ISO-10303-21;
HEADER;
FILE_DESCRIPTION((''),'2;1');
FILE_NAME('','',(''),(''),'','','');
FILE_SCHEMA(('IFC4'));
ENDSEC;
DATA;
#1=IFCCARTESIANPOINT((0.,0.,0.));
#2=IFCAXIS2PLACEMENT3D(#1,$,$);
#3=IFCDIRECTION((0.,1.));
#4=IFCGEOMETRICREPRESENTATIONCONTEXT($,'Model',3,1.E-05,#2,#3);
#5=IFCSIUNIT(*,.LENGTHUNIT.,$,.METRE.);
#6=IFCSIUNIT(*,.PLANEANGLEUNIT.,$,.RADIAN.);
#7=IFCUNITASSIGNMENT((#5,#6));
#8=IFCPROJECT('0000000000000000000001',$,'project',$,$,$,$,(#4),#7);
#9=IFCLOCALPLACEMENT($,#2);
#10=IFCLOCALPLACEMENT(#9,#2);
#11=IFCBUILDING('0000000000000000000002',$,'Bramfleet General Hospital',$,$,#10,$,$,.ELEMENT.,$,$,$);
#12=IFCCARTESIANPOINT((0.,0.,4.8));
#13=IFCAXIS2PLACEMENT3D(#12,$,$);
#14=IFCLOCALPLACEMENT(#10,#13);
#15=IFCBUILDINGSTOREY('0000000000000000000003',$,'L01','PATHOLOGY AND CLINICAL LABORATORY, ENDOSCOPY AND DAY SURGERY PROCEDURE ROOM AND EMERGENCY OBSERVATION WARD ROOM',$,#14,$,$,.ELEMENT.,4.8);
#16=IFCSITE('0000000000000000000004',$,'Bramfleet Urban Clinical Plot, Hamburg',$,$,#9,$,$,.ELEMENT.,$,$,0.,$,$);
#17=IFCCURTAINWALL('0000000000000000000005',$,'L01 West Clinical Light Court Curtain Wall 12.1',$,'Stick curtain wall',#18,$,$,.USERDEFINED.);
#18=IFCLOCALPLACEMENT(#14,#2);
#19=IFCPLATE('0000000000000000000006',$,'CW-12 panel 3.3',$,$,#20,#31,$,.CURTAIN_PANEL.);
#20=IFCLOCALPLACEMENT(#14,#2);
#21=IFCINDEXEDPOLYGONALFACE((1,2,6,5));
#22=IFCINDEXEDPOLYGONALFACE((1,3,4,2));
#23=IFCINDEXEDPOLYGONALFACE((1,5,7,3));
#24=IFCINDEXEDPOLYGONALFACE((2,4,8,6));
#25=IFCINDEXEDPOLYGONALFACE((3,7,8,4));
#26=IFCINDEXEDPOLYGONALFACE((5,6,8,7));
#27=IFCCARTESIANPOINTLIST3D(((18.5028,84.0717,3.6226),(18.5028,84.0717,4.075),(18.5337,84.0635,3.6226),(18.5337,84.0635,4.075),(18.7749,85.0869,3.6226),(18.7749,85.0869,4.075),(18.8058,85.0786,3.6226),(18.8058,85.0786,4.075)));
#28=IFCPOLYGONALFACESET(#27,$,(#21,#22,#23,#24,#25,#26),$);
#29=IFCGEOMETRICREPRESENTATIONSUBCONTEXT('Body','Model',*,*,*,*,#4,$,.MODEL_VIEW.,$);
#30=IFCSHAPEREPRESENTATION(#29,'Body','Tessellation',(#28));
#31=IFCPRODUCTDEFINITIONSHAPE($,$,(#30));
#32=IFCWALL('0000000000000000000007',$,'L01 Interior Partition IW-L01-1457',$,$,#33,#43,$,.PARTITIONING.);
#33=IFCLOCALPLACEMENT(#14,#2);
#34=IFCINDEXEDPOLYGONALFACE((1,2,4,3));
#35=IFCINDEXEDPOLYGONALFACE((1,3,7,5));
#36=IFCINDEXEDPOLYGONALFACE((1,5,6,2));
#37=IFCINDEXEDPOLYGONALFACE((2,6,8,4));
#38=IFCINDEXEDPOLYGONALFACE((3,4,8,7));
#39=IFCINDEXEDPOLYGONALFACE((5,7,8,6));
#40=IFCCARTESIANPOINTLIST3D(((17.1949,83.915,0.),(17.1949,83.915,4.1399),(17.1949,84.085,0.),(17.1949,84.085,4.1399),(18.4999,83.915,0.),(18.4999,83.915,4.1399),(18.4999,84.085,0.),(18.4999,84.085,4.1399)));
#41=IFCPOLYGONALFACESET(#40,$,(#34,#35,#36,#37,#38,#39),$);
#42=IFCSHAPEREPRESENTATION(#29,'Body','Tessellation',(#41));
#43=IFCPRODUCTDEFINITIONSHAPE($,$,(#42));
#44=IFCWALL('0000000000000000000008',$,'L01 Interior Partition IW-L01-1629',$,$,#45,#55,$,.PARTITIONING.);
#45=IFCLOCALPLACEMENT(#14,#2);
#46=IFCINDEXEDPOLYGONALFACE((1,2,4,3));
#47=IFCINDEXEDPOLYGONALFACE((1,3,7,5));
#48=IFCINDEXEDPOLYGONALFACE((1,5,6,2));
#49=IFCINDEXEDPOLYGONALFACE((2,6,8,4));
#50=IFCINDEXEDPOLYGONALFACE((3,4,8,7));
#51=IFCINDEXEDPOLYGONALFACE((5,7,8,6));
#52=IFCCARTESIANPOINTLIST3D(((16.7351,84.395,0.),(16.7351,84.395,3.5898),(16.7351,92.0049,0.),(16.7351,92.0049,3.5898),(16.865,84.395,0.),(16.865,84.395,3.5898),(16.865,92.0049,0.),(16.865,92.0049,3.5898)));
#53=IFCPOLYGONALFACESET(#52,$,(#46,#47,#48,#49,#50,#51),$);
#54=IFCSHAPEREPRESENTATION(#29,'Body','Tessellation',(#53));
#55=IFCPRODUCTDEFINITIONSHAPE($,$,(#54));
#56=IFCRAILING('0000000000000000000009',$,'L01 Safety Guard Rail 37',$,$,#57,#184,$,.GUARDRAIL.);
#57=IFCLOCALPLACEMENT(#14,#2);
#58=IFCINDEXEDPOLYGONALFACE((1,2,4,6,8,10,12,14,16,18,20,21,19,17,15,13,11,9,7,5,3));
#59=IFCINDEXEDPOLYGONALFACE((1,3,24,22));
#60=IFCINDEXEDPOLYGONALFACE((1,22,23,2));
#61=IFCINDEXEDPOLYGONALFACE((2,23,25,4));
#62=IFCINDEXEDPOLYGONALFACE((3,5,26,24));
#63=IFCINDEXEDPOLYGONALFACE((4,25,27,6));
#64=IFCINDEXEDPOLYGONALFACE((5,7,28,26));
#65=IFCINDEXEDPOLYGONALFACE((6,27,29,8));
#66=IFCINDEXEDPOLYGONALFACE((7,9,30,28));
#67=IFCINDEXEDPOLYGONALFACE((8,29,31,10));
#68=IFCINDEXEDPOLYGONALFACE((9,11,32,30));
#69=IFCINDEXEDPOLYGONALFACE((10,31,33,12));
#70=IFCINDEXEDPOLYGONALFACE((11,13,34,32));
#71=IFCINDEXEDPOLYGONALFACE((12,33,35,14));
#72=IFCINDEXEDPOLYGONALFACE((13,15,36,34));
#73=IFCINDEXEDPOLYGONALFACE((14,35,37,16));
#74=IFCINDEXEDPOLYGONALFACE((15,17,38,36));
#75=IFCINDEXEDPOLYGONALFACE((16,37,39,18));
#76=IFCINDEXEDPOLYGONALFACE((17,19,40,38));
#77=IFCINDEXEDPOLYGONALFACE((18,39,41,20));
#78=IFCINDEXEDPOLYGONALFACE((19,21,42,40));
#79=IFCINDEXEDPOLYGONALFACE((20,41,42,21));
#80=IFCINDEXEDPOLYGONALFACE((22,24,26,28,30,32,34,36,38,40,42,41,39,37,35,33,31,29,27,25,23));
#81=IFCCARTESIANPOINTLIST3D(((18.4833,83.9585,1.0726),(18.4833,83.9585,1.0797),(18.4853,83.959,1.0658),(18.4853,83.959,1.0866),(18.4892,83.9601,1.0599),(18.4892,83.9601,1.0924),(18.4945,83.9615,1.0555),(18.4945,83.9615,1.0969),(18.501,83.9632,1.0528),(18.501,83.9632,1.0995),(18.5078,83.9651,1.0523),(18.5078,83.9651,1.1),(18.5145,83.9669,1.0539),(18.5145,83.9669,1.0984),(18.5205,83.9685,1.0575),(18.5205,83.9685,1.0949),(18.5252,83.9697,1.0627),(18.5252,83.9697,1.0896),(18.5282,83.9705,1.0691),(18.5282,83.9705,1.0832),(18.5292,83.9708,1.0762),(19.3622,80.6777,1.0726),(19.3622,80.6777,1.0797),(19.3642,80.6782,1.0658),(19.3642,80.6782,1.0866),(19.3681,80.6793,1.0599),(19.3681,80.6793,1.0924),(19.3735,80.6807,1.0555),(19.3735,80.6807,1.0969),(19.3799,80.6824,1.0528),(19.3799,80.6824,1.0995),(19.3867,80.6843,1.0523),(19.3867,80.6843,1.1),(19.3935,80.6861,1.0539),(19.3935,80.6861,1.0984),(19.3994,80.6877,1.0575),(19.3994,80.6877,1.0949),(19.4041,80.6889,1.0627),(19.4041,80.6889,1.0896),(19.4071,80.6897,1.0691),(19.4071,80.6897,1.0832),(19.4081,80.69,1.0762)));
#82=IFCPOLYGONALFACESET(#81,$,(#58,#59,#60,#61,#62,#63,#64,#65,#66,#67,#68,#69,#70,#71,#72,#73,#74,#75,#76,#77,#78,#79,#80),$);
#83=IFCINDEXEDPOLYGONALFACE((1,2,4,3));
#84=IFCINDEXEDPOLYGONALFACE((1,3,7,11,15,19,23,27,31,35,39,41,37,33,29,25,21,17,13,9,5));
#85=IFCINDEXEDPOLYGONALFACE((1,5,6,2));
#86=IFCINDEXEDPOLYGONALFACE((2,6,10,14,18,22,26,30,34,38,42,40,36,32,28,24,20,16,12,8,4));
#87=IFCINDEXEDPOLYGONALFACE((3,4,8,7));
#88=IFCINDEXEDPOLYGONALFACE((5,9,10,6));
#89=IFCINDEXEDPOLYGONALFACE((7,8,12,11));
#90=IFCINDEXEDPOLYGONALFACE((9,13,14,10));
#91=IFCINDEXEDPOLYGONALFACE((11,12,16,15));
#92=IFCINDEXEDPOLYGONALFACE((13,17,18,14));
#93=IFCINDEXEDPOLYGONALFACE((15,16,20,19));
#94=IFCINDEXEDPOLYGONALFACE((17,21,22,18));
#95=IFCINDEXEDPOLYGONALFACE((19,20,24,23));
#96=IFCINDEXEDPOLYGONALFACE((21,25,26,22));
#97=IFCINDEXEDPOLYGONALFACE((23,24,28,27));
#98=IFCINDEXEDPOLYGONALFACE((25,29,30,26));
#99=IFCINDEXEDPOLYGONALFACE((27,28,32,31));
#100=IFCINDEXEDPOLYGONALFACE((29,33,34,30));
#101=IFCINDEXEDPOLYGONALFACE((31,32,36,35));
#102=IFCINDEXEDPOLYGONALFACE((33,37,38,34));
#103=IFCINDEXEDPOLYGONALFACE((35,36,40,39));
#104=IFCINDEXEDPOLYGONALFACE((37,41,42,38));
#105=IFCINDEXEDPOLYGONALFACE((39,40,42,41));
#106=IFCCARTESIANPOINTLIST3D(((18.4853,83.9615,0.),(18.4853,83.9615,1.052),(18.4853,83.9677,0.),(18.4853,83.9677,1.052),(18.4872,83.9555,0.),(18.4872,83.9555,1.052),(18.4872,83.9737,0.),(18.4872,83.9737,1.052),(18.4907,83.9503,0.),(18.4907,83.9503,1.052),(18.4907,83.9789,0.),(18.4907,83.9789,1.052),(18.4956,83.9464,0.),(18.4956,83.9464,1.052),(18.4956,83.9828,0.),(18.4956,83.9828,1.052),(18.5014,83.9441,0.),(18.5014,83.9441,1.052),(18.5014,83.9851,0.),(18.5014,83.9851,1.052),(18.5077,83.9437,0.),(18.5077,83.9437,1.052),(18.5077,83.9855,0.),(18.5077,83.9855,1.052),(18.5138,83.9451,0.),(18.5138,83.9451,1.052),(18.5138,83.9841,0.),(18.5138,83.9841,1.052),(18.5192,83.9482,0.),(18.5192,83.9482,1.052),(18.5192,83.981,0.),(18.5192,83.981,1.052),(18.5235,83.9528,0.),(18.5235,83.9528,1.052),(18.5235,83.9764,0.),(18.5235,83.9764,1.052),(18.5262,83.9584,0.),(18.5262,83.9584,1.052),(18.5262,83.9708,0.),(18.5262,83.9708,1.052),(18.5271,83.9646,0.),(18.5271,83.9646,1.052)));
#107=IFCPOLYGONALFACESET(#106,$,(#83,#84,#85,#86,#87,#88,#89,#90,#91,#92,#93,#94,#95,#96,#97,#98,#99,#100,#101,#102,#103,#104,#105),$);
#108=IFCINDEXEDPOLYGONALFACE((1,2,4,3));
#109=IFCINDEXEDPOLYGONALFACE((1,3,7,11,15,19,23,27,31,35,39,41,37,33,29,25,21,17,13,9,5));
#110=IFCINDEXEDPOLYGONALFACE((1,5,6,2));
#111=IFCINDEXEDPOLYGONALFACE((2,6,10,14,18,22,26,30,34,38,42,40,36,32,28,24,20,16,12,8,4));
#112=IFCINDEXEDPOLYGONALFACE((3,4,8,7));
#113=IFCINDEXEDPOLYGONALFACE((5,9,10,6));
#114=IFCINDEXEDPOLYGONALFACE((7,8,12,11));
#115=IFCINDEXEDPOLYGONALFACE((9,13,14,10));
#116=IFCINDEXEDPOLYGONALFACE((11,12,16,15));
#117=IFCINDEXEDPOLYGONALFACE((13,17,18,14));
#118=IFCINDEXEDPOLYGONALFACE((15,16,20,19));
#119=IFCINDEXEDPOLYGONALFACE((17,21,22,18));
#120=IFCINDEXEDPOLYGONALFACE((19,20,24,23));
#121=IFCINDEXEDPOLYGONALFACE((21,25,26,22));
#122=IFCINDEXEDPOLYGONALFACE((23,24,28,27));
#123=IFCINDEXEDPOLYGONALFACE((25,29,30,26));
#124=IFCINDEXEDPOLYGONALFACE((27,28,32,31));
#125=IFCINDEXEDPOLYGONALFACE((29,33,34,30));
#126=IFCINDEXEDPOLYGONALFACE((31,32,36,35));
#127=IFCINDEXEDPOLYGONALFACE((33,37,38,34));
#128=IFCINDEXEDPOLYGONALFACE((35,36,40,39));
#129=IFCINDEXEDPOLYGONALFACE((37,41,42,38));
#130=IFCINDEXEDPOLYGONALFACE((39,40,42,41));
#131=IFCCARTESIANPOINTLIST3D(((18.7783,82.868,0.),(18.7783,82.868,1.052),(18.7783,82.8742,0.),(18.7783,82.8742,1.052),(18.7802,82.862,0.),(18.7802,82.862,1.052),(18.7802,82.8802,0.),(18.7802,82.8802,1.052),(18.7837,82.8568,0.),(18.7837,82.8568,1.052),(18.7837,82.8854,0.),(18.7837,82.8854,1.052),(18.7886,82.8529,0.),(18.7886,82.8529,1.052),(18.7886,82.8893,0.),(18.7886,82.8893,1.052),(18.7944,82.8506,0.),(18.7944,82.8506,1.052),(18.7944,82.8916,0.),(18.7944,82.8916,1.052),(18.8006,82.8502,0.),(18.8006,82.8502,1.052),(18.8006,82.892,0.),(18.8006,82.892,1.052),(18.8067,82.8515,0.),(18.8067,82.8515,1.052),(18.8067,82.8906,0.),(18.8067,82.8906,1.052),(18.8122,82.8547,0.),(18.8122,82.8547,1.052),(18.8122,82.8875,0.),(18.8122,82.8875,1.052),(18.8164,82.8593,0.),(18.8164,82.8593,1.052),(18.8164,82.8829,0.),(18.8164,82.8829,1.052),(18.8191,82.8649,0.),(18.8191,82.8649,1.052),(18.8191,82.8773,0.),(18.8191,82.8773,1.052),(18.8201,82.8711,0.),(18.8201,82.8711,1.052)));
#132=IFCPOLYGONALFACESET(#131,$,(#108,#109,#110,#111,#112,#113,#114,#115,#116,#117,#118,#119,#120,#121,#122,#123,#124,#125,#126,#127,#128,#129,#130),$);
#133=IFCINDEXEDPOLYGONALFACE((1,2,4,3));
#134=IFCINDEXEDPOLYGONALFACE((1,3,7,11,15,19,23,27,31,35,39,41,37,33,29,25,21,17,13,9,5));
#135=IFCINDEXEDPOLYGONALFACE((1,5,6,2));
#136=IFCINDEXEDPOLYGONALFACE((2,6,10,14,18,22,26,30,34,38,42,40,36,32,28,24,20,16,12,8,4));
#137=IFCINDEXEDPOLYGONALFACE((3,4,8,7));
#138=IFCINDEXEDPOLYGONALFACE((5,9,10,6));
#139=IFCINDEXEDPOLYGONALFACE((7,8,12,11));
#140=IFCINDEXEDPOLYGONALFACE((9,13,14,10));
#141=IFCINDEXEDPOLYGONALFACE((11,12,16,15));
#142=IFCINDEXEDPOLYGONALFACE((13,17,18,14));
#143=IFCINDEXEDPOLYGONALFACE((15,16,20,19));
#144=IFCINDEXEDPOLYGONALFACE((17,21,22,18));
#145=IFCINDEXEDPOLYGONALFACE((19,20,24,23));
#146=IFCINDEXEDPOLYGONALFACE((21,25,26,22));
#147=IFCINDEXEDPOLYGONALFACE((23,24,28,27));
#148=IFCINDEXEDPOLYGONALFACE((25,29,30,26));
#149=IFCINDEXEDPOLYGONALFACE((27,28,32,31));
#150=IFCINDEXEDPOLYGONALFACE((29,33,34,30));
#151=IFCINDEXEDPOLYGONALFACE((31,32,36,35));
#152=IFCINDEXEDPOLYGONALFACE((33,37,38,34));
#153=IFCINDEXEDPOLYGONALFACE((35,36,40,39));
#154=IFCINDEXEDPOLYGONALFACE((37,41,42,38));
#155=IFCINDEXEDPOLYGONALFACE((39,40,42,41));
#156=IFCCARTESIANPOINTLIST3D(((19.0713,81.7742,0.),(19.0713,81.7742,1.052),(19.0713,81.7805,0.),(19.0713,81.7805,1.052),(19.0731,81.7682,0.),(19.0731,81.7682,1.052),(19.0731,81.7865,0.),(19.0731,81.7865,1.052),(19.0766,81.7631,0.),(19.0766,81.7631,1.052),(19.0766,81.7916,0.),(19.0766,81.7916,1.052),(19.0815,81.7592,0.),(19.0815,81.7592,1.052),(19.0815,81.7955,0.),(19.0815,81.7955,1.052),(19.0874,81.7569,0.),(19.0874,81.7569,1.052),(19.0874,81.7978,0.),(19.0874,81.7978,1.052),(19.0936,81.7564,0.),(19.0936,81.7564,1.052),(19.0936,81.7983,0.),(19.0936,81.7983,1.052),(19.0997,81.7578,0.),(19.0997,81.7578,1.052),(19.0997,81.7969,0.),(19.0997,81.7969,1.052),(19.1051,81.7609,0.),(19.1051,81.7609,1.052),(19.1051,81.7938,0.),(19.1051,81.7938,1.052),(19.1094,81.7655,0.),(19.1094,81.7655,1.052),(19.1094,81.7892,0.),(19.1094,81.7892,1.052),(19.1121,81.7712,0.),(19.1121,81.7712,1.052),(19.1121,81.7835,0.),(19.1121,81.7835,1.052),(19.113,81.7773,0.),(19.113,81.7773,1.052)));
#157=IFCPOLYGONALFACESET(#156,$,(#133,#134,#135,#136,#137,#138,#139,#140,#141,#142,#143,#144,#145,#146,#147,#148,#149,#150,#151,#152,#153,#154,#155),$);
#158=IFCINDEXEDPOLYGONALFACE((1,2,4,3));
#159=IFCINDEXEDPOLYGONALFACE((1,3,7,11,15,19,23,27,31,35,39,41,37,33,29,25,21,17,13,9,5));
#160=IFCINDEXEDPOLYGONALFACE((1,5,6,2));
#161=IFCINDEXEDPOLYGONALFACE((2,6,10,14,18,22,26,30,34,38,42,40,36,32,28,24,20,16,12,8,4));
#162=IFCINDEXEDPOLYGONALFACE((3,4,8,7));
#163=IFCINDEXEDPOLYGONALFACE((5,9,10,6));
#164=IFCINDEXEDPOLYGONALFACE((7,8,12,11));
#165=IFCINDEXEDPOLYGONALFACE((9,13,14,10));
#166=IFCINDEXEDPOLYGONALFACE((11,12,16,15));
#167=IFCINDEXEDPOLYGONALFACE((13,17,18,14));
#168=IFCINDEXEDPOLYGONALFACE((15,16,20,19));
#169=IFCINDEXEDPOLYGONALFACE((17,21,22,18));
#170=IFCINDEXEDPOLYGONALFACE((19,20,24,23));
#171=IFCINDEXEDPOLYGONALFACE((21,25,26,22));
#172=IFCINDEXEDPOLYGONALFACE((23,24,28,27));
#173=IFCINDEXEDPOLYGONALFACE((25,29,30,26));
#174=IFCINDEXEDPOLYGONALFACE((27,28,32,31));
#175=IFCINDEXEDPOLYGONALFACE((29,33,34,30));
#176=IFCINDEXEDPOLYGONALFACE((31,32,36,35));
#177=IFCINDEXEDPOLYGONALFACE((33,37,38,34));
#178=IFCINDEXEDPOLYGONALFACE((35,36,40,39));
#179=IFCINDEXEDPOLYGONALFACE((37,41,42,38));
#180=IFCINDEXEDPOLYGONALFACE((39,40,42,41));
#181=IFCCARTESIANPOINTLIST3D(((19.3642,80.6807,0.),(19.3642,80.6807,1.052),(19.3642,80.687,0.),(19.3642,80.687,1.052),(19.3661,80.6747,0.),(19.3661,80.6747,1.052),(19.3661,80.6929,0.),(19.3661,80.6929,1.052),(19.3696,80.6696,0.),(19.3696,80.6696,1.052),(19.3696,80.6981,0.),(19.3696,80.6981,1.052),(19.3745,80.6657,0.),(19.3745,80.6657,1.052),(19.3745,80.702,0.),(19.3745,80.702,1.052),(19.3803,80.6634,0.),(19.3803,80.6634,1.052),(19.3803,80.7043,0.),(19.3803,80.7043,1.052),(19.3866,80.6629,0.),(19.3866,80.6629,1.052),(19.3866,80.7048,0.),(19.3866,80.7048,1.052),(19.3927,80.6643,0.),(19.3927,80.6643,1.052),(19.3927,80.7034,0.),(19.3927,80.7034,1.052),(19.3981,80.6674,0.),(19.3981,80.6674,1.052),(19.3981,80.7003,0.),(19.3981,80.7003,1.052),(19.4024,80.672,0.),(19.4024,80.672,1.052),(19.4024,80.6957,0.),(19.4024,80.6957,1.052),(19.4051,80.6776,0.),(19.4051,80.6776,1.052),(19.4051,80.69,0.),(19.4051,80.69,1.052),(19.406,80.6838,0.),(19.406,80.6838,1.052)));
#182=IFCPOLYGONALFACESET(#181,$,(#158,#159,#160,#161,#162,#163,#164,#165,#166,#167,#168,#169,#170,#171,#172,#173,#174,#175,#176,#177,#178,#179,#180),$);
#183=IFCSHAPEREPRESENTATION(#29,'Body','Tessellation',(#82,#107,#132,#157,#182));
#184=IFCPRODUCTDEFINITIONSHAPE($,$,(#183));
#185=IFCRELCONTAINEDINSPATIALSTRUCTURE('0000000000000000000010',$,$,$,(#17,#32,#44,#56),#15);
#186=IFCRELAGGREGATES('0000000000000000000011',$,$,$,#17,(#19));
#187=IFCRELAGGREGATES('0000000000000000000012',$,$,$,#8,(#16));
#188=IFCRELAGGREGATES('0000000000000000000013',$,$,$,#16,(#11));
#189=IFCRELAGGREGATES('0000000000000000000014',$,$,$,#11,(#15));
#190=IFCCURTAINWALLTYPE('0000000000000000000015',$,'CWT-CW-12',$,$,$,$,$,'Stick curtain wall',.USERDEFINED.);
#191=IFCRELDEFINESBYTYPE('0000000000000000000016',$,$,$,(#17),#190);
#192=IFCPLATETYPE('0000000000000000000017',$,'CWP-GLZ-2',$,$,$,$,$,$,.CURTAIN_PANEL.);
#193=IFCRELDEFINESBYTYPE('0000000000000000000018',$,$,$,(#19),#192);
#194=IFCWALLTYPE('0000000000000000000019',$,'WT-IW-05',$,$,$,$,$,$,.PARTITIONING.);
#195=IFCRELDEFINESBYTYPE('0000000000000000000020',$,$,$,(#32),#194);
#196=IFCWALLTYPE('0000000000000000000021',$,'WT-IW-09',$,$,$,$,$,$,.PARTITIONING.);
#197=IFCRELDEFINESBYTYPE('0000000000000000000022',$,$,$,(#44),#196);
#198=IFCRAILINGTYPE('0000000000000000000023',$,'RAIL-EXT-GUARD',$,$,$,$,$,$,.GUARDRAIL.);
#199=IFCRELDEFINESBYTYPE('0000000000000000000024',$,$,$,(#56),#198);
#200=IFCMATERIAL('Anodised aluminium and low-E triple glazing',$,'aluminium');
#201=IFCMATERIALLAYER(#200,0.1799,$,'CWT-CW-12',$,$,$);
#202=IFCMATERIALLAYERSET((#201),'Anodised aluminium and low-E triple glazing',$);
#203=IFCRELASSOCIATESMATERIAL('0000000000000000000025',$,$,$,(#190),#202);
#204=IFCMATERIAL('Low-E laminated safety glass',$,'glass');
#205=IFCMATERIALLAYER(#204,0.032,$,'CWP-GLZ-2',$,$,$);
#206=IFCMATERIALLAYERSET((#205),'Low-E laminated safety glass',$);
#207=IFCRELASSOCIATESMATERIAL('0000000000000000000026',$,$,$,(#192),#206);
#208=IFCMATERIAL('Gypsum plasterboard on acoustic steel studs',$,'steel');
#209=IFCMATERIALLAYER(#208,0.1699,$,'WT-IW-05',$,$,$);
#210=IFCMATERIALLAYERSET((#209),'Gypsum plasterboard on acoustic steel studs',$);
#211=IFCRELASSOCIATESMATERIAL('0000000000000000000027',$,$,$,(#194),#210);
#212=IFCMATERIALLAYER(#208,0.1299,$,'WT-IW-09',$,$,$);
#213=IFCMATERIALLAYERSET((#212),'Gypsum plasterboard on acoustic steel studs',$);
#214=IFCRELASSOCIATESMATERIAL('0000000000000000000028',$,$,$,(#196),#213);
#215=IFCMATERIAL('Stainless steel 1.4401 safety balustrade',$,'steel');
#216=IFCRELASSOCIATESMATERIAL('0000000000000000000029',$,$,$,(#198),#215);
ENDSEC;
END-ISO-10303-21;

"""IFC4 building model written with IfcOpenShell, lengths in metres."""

from ifc_helpers import new_model, si_unit, direction, frame, frame_2d, origin, origin_2d, place, context, subcontext, project, spatial, rectangle, circle, extrude, material, layer, layer_set, type_object, element, aggregate, save


model = new_model("IFC4")

# Units and contexts
model_context = context("Model", 3, precision=1e-05, world=origin(), true_north=direction((0.0, 1.0)))
body_context = subcontext(model_context, "Body", "Model", "MODEL_VIEW")
ifc_project = project(units=[si_unit("LENGTHUNIT", "METRE"), si_unit("PLANEANGLEUNIT", "RADIAN")], contexts=[model_context])

# Site, building, storey
site_placement = place(None, origin())
site = spatial("IfcSite", under=ifc_project, at=site_placement, Name="Bramfleet Urban Clinical Plot, Hamburg", CompositionType="ELEMENT", RefElevation=0.0)
building_placement = place(site_placement, origin())
building = spatial("IfcBuilding", under=site, at=building_placement, Name="Bramfleet General Hospital", CompositionType="ELEMENT")
storey_placement = place(building_placement, frame((0.0, 0.0, 4.8)))
storey = spatial("IfcBuildingStorey", under=building, at=storey_placement, Name="L01", Description="PATHOLOGY AND CLINICAL LABORATORY, ENDOSCOPY AND DAY SURGERY PROCEDURE ROOM AND EMERGENCY OBSERVATION WARD ROOM", CompositionType="ELEMENT", Elevation=4.8)

# Curtain wall
ifc_material_1 = material(Name="Anodised aluminium and low-E triple glazing", Category="aluminium")
ifc_layer_1 = layer(ifc_material_1, 0.1799, Name="CWT-CW-12")
ifc_layer_set_1 = layer_set([ifc_layer_1], Name="Anodised aluminium and low-E triple glazing")
curtain_wall_type_1 = type_object("IfcCurtainWallType", Name="CWT-CW-12", ElementType="Stick curtain wall", PredefinedType="USERDEFINED", material=ifc_layer_set_1)
curtain_wall_1_placement = place(storey_placement, origin())
curtain_wall_1 = element("IfcCurtainWall", 1, at=curtain_wall_1_placement, inside=storey, type_object=curtain_wall_type_1, Name="L01 West Clinical Light Court Curtain Wall 12.1", ObjectType="Stick curtain wall", PredefinedType="USERDEFINED")

# Plate
ifc_material_2 = material(Name="Low-E laminated safety glass", Category="glass")
ifc_layer_2 = layer(ifc_material_2, 0.032, Name="CWP-GLZ-2")
ifc_layer_set_2 = layer_set([ifc_layer_2], Name="Low-E laminated safety glass")
plate_type = type_object("IfcPlateType", Name="CWP-GLZ-2", PredefinedType="CURTAIN_PANEL", material=ifc_layer_set_2)
plate_1_placement = place(storey_placement, frame((18.6543, 84.5752, 3.6226), z_axis=(0.0, 0.0, 1.0), x_axis=(-0.258919, -0.965899, 0.0)))
plate_1 = element("IfcPlate", 2, at=plate_1_placement, type_object=plate_type, Name="CW-12 panel 3.3", PredefinedType="CURTAIN_PANEL", context=body_context, shape_type="SweptSolid", body=[
    extrude(rectangle(XDim=1.051, YDim=0.032, at=origin_2d()), origin(), (0.0, 0.0, 1.0), 0.4524),
])
aggregate(curtain_wall_1, [plate_1])

# Walls
ifc_material_3 = material(Name="Gypsum plasterboard on acoustic steel studs", Category="steel")
ifc_layer_3 = layer(ifc_material_3, 0.1699, Name="WT-IW-05")
ifc_layer_set_3 = layer_set([ifc_layer_3], Name="Gypsum plasterboard on acoustic steel studs")
wall_type_1 = type_object("IfcWallType", Name="WT-IW-05", PredefinedType="PARTITIONING", material=ifc_layer_set_3)
wall_1_placement = place(storey_placement, frame((17.1951, 84.0, 0.0), z_axis=(0.0, 0.0, 1.0), x_axis=(1.0, 0.0, 0.0)))
element("IfcWall", 3, at=wall_1_placement, inside=storey, type_object=wall_type_1, Name="L01 Interior Partition IW-L01-1457", PredefinedType="PARTITIONING", context=body_context, shape_type="SweptSolid", body=[
    extrude(rectangle(XDim=1.3049, YDim=0.1699, at=frame_2d((0.6523, 0.0))), origin(), (0.0, 0.0, 1.0), 4.1399),
])
ifc_layer_4 = layer(ifc_material_3, 0.1299, Name="WT-IW-09")
ifc_layer_set_4 = layer_set([ifc_layer_4], Name="Gypsum plasterboard on acoustic steel studs")
wall_type_2 = type_object("IfcWallType", Name="WT-IW-09", PredefinedType="PARTITIONING", material=ifc_layer_set_4)
wall_2_placement = place(storey_placement, frame((16.8, 84.395, 0.0), z_axis=(0.0, 0.0, 1.0), x_axis=(0.0, 1.0, 0.0)))
element("IfcWall", 4, at=wall_2_placement, inside=storey, type_object=wall_type_2, Name="L01 Interior Partition IW-L01-1629", PredefinedType="PARTITIONING", context=body_context, shape_type="SweptSolid", body=[
    extrude(rectangle(XDim=7.6099, YDim=0.1299, at=frame_2d((3.8049, 0.0))), origin(), (0.0, 0.0, 1.0), 3.5898),
])

# Railing
ifc_material_4 = material(Name="Stainless steel 1.4401 safety balustrade", Category="steel")
railing_type = type_object("IfcRailingType", Name="RAIL-EXT-GUARD", PredefinedType="GUARDRAIL", material=ifc_material_4)
railing_placement = place(storey_placement, frame((18.5061, 83.9646, 0.0)))
element("IfcRailing", 5, at=railing_placement, inside=storey, type_object=railing_type, Name="L01 Safety Guard Rail 37", PredefinedType="GUARDRAIL", context=body_context, shape_type="SweptSolid", body=[
    extrude(circle(Radius=0.0239, at=origin_2d()), frame((0.0, 0.0, 1.0762), z_axis=(0.258772, -0.965938, 0.0), x_axis=(0.965938, 0.258772, 0.0)), (0.0, 0.0, 1.0), 3.3965),
    extrude(circle(Radius=0.021, at=origin_2d()), origin(), (0.0, 0.0, 1.0), 1.052),
    extrude(circle(Radius=0.021, at=origin_2d()), frame((0.293, -1.0935, 0.0)), (0.0, 0.0, 1.0), 1.052),
    extrude(circle(Radius=0.021, at=origin_2d()), frame((0.5859, -2.1873, 0.0)), (0.0, 0.0, 1.0), 1.052),
    extrude(circle(Radius=0.021, at=origin_2d()), frame((0.8789, -3.2808, 0.0)), (0.0, 0.0, 1.0), 1.052),
])

save(model, "model.ifc")
